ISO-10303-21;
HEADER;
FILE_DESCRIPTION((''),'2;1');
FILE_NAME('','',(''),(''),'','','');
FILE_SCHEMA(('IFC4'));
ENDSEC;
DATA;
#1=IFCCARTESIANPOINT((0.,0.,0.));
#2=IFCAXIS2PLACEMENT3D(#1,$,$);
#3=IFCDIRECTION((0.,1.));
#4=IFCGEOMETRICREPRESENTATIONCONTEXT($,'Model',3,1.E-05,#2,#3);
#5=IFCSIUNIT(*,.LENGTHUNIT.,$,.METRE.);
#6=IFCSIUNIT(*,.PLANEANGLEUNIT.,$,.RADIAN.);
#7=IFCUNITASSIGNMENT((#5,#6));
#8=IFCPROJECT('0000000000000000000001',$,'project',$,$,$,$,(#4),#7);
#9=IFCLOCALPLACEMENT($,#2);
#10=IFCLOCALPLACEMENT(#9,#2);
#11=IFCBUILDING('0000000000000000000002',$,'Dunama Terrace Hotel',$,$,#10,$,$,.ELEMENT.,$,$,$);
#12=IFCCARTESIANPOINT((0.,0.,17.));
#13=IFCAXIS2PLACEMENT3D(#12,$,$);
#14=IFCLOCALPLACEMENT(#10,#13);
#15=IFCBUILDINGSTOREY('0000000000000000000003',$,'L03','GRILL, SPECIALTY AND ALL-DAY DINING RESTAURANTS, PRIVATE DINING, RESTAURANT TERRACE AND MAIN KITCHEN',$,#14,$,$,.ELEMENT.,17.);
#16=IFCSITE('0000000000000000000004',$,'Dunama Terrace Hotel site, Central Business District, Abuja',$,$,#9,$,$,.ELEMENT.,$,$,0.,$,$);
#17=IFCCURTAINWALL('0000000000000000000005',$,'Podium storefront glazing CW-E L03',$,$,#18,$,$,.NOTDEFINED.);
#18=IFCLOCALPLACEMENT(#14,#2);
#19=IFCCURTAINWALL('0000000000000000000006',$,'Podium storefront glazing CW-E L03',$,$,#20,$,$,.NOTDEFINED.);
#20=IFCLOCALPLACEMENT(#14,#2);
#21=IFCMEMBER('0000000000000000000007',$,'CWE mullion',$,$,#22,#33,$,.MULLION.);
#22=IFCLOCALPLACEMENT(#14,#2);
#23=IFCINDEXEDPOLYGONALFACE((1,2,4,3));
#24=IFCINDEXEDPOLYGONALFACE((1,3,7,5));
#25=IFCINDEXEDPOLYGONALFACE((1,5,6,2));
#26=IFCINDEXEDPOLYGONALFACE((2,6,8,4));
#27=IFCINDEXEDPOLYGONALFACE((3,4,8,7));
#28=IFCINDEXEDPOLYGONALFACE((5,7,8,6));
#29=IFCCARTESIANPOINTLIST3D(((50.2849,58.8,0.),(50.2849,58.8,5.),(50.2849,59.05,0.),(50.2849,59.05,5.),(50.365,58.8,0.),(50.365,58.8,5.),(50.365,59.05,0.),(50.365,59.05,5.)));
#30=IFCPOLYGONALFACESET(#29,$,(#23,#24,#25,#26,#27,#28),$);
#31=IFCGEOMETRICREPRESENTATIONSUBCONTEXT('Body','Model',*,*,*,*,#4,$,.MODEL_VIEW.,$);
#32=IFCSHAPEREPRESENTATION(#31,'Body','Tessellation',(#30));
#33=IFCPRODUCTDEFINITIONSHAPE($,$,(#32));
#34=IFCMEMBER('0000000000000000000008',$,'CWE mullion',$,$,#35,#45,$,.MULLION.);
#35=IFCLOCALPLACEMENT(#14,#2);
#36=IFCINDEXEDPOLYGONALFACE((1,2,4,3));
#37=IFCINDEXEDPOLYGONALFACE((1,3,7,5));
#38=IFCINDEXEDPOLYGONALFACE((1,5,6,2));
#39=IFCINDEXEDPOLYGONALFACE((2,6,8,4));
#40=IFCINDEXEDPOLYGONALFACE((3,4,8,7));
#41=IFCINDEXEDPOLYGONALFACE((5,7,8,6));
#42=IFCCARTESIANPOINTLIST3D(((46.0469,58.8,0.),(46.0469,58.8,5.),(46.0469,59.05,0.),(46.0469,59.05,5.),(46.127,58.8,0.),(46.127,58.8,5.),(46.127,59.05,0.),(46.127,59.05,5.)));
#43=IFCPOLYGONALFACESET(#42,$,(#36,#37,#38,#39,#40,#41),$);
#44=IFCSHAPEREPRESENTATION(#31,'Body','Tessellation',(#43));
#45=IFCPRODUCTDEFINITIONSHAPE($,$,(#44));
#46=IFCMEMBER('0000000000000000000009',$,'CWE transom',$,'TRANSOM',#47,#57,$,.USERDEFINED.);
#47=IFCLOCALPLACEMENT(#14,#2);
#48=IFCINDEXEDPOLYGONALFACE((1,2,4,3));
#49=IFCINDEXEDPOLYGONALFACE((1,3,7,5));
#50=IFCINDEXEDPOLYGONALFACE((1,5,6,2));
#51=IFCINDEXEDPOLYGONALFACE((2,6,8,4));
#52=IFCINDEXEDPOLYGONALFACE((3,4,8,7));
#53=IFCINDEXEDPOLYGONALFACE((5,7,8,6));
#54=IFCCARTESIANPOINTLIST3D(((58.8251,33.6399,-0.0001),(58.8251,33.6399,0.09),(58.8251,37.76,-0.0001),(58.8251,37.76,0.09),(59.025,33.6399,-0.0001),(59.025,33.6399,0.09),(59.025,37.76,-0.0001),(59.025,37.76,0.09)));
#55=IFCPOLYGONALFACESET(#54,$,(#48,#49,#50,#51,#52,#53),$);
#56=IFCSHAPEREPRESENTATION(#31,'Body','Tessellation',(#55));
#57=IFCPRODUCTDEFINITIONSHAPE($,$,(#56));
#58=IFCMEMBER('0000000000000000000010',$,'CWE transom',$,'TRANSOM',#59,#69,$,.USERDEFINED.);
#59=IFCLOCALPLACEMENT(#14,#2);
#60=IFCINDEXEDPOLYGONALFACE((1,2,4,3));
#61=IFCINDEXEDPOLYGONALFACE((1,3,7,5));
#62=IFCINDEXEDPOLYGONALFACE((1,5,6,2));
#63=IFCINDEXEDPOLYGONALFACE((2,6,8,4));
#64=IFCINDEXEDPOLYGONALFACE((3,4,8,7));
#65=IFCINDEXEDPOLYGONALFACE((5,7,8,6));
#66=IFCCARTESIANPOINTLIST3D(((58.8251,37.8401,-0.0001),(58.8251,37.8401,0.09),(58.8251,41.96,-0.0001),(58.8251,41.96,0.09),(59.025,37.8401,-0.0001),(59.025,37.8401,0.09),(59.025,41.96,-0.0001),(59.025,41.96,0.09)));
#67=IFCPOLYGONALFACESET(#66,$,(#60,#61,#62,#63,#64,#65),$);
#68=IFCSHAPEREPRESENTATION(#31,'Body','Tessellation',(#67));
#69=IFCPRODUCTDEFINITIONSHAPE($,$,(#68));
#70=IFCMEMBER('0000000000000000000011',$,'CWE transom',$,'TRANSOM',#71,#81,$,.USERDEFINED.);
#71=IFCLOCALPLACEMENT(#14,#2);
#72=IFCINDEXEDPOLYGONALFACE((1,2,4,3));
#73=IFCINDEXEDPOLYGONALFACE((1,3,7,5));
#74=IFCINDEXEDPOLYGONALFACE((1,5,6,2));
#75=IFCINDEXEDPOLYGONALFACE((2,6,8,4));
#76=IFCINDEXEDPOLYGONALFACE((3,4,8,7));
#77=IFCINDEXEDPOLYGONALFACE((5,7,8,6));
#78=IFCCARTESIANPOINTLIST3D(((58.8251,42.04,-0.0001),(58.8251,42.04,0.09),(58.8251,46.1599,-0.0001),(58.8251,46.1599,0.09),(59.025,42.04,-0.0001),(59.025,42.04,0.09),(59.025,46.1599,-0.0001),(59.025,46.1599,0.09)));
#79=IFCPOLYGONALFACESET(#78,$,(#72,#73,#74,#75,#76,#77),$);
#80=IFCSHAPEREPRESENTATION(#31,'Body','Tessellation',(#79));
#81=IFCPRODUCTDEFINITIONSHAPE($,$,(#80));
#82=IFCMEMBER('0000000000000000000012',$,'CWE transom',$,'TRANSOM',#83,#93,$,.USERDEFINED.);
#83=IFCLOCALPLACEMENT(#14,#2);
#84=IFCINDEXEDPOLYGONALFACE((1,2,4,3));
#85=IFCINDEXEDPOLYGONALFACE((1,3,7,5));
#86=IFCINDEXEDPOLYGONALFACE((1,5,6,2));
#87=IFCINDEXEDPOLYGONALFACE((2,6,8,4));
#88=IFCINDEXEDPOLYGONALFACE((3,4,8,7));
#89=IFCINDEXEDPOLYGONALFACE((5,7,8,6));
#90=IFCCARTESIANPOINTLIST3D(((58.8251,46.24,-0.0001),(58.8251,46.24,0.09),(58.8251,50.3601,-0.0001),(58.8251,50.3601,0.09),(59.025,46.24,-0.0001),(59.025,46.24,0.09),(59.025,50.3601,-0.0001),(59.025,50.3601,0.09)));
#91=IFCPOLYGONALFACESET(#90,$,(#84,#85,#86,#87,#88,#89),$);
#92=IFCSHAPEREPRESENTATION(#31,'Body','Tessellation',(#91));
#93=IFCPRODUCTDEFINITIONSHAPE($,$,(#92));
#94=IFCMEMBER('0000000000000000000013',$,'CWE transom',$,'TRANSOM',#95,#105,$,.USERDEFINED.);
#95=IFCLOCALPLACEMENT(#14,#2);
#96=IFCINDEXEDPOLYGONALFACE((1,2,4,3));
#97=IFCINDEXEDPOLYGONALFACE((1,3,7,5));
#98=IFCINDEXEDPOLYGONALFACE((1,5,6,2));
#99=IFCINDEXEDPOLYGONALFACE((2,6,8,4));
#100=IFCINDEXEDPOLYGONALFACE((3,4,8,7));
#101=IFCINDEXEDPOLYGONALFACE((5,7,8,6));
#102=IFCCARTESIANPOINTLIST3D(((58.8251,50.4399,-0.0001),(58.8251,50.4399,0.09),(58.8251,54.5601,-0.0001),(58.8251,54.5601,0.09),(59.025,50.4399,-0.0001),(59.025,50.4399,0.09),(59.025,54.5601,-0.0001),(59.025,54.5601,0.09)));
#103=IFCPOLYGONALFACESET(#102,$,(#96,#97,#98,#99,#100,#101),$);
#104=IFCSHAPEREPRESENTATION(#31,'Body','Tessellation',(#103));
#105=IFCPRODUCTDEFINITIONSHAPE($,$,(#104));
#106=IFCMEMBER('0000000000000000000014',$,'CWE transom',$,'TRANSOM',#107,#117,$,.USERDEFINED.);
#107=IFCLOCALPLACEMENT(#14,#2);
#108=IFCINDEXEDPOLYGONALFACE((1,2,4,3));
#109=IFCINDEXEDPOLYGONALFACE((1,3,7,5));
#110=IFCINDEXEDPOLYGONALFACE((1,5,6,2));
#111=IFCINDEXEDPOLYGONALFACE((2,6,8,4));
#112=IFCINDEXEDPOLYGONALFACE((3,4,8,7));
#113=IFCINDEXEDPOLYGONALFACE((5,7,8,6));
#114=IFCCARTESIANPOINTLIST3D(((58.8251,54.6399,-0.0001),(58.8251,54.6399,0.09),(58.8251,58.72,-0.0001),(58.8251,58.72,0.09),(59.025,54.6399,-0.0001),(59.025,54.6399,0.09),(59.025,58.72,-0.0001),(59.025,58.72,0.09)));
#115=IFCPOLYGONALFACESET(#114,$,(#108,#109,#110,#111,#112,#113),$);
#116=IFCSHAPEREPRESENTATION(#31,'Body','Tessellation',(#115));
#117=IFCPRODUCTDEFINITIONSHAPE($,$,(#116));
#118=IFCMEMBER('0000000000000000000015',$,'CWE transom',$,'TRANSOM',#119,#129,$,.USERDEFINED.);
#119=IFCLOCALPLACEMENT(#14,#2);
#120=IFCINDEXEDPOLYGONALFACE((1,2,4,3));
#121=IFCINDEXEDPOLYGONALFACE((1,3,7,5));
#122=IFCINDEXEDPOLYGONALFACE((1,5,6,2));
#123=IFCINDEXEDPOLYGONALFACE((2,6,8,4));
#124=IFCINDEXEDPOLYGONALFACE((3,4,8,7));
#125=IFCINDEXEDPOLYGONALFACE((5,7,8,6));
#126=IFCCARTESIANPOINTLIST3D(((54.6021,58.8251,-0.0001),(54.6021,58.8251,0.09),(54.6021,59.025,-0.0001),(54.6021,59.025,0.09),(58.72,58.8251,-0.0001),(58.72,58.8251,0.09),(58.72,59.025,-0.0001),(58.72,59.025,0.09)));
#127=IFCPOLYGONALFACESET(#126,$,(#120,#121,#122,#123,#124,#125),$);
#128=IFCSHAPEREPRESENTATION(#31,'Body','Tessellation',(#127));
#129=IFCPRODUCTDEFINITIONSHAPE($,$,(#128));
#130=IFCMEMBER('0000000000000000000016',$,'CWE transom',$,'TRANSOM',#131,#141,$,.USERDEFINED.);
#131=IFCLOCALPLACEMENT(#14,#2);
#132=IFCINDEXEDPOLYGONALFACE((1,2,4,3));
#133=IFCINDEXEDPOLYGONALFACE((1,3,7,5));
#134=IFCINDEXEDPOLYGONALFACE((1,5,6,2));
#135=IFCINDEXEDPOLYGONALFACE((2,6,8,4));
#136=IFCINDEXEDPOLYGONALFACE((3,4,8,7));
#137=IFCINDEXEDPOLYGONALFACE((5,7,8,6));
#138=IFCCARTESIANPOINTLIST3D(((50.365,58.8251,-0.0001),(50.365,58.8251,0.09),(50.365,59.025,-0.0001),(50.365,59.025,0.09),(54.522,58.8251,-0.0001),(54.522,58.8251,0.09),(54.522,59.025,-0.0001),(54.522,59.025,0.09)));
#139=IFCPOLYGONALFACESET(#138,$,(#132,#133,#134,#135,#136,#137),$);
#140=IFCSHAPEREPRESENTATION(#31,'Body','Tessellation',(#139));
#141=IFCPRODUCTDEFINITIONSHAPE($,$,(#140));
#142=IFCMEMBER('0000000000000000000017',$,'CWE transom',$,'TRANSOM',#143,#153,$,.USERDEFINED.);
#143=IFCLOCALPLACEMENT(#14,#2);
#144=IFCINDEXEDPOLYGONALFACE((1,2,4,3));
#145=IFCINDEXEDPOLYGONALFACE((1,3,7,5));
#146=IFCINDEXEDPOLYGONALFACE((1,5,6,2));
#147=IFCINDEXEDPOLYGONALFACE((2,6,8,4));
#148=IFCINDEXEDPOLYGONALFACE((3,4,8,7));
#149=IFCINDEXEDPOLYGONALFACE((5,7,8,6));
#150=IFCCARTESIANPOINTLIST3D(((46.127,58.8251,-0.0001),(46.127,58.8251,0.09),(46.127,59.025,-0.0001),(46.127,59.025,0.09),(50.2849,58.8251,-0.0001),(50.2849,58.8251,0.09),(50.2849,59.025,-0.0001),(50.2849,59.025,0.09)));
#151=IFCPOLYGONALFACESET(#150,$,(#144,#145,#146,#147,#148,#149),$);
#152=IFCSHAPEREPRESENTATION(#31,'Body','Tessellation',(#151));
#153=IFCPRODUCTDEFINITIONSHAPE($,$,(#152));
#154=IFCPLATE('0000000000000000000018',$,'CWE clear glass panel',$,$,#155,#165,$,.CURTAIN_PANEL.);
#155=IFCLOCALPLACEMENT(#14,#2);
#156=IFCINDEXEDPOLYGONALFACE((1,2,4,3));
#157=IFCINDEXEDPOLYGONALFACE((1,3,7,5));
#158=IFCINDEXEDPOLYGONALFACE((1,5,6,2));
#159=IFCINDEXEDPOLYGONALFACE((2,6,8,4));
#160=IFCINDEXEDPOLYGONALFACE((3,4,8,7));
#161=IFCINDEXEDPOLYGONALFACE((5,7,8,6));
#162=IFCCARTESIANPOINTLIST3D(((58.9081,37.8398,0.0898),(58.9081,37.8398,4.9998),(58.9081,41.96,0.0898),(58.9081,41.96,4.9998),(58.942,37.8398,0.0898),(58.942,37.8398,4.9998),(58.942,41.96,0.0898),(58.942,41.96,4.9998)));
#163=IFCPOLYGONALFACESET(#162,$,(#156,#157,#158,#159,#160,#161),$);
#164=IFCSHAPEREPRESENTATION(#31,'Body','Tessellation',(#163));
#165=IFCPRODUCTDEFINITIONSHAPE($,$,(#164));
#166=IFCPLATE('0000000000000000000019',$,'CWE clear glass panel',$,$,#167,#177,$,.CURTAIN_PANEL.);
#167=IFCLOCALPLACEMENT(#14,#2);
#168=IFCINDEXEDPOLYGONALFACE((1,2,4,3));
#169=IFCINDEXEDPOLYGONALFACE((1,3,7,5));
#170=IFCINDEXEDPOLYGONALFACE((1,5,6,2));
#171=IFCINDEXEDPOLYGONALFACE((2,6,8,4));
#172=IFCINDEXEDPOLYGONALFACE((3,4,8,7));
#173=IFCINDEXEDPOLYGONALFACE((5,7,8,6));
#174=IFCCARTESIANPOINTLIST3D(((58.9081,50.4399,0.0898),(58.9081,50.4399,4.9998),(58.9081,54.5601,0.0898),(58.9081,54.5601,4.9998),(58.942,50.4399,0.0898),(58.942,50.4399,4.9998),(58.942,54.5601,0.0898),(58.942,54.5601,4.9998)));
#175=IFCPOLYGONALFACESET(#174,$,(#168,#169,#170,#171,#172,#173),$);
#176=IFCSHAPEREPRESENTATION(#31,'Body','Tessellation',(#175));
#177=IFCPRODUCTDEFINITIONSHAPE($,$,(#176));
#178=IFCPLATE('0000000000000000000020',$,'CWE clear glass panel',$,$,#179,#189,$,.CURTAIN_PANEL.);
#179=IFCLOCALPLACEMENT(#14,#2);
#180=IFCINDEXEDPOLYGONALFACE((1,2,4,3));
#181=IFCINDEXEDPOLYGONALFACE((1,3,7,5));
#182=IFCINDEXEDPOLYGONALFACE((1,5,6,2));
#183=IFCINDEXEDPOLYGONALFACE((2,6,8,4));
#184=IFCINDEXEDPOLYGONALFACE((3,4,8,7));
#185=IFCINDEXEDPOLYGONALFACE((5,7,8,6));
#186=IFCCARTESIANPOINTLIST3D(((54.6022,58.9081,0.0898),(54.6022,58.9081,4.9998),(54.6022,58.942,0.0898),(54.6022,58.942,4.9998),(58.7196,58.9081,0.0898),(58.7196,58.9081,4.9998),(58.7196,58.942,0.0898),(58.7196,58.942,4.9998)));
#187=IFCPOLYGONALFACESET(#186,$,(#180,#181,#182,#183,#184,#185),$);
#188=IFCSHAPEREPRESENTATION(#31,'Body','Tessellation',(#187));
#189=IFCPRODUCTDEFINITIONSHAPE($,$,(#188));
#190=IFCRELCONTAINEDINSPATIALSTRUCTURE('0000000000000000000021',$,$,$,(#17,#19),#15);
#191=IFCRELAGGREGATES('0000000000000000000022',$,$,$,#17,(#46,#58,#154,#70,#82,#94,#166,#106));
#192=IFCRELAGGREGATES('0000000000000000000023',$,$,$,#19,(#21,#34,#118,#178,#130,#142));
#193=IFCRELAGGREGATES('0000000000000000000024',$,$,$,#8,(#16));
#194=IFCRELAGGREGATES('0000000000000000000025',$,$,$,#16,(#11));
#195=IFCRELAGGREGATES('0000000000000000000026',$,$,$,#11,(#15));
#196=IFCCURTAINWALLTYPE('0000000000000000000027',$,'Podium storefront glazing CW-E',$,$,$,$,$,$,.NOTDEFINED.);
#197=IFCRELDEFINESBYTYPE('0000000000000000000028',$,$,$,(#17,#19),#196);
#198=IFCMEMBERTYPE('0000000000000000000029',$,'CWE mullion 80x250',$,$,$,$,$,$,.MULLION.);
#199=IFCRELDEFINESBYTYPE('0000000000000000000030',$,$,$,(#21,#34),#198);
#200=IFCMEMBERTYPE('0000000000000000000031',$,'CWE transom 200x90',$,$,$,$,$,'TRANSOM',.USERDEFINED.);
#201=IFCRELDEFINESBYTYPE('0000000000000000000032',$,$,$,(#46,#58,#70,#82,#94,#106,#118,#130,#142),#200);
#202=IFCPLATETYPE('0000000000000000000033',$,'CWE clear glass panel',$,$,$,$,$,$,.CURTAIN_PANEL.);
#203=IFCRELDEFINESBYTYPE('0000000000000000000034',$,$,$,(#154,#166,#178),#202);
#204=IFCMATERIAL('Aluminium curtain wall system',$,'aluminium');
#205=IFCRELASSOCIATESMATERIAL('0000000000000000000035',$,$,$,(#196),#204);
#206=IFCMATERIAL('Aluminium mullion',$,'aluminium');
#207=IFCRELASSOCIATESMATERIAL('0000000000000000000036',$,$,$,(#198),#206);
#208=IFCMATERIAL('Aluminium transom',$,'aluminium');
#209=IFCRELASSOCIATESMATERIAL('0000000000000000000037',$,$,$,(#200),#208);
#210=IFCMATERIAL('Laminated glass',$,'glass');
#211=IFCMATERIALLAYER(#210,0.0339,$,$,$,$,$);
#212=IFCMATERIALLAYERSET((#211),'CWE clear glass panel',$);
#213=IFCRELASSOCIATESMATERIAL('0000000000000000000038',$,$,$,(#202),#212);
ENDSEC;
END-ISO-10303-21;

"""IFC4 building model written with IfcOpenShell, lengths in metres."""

from ifc_helpers import new_model, si_unit, direction, frame, origin, origin_2d, place, context, subcontext, project, spatial, rectangle, extrude, material, layer, layer_set, material_profile, profile_set, type_object, element, aggregate, save


model = new_model("IFC4")

# Units and contexts
model_context = context("Model", 3, precision=1e-05, world=origin(), true_north=direction((0.0, 1.0)))
body_context = subcontext(model_context, "Body", "Model", "MODEL_VIEW")
ifc_project = project(units=[si_unit("LENGTHUNIT", "METRE"), si_unit("PLANEANGLEUNIT", "RADIAN")], contexts=[model_context])

# Site, building, storey
site_placement = place(None, origin())
site = spatial("IfcSite", under=ifc_project, at=site_placement, Name="Dunama Terrace Hotel site, Central Business District, Abuja", CompositionType="ELEMENT", RefElevation=0.0)
building_placement = place(site_placement, origin())
building = spatial("IfcBuilding", under=site, at=building_placement, Name="Dunama Terrace Hotel", CompositionType="ELEMENT")
storey_placement = place(building_placement, frame((0.0, 0.0, 17.0)))
storey = spatial("IfcBuildingStorey", under=building, at=storey_placement, Name="L03", Description="GRILL, SPECIALTY AND ALL-DAY DINING RESTAURANTS, PRIVATE DINING, RESTAURANT TERRACE AND MAIN KITCHEN", CompositionType="ELEMENT", Elevation=17.0)

# Curtain walls, members
ifc_material_1 = material(Name="Aluminium curtain wall system", Category="aluminium")
curtain_wall_type = type_object("IfcCurtainWallType", Name="Podium storefront glazing CW-E", PredefinedType="NOTDEFINED", material=ifc_material_1)
curtain_wall_1_placement = place(storey_placement, origin())
curtain_wall_1 = element("IfcCurtainWall", 1, at=curtain_wall_1_placement, inside=storey, type_object=curtain_wall_type, Name="Podium storefront glazing CW-E L03", PredefinedType="NOTDEFINED")
ifc_material_2 = material(Name="Aluminium mullion", Category="aluminium")
ifc_material_profile_1 = material_profile(ifc_material_2, rectangle(XDim=0.0801, YDim=0.25, at=origin_2d()), Name="CWE MULLION 80X250")
ifc_profile_set_1 = profile_set([ifc_material_profile_1], Name="Aluminium mullion")
member_type_1 = type_object("IfcMemberType", Name="CWE mullion 80x250", PredefinedType="MULLION", material=ifc_profile_set_1)
curtain_wall_2_placement = place(storey_placement, origin())
curtain_wall_2 = element("IfcCurtainWall", 2, at=curtain_wall_2_placement, inside=storey, type_object=curtain_wall_type, Name="Podium storefront glazing CW-E L03", PredefinedType="NOTDEFINED")
member_1_placement = place(storey_placement, frame((50.325, 58.925, 0.0), z_axis=(0.0, 0.0, 1.0), x_axis=(-1.0, 0.0, 0.0)))
member_1 = element("IfcMember", 3, at=member_1_placement, type_object=member_type_1, Name="CWE mullion", PredefinedType="MULLION", context=body_context, shape_type="SweptSolid", body=[
    extrude(rectangle(XDim=0.0801, YDim=0.25, at=origin_2d()), origin(), (0.0, 0.0, 1.0), 5.0),
])
member_2_placement = place(storey_placement, frame((46.0869, 58.925, 0.0), z_axis=(0.0, 0.0, 1.0), x_axis=(-1.0, 0.0, 0.0)))
member_2 = element("IfcMember", 4, at=member_2_placement, type_object=member_type_1, Name="CWE mullion", PredefinedType="MULLION", context=body_context, shape_type="SweptSolid", body=[
    extrude(rectangle(XDim=0.0801, YDim=0.25, at=origin_2d()), origin(), (0.0, 0.0, 1.0), 5.0),
])

# Members
ifc_material_3 = material(Name="Aluminium transom", Category="aluminium")
ifc_material_profile_2 = material_profile(ifc_material_3, rectangle(XDim=0.2, YDim=0.0901, at=origin_2d()), Name="CWE TRANSOM 200X90")
ifc_profile_set_2 = profile_set([ifc_material_profile_2], Name="Aluminium transom")
member_type_2 = type_object("IfcMemberType", Name="CWE transom 200x90", ElementType="TRANSOM", PredefinedType="USERDEFINED", material=ifc_profile_set_2)
member_3_placement = place(storey_placement, frame((58.925, 33.6399, 0.0449), z_axis=(0.0, 1.0, 0.0), x_axis=(-1.0, 0.0, 0.0)))
member_3 = element("IfcMember", 5, at=member_3_placement, type_object=member_type_2, Name="CWE transom", ObjectType="TRANSOM", PredefinedType="USERDEFINED", context=body_context, shape_type="SweptSolid", body=[
    extrude(rectangle(XDim=0.2, YDim=0.0901, at=origin_2d()), origin(), (0.0, 0.0, 1.0), 4.1201),
])
member_4_placement = place(storey_placement, frame((58.925, 37.8401, 0.0449), z_axis=(0.0, 1.0, 0.0), x_axis=(-1.0, 0.0, 0.0)))
member_4 = element("IfcMember", 6, at=member_4_placement, type_object=member_type_2, Name="CWE transom", ObjectType="TRANSOM", PredefinedType="USERDEFINED", context=body_context, shape_type="SweptSolid", body=[
    extrude(rectangle(XDim=0.2, YDim=0.0901, at=origin_2d()), origin(), (0.0, 0.0, 1.0), 4.1199),
])
member_5_placement = place(storey_placement, frame((58.925, 42.04, 0.0449), z_axis=(0.0, 1.0, 0.0), x_axis=(-1.0, 0.0, 0.0)))
member_5 = element("IfcMember", 7, at=member_5_placement, type_object=member_type_2, Name="CWE transom", ObjectType="TRANSOM", PredefinedType="USERDEFINED", context=body_context, shape_type="SweptSolid", body=[
    extrude(rectangle(XDim=0.2, YDim=0.0901, at=origin_2d()), origin(), (0.0, 0.0, 1.0), 4.1199),
])
member_6_placement = place(storey_placement, frame((58.925, 46.24, 0.0449), z_axis=(0.0, 1.0, 0.0), x_axis=(-1.0, 0.0, 0.0)))
member_6 = element("IfcMember", 8, at=member_6_placement, type_object=member_type_2, Name="CWE transom", ObjectType="TRANSOM", PredefinedType="USERDEFINED", context=body_context, shape_type="SweptSolid", body=[
    extrude(rectangle(XDim=0.2, YDim=0.0901, at=origin_2d()), origin(), (0.0, 0.0, 1.0), 4.1201),
])
member_7_placement = place(storey_placement, frame((58.925, 50.4399, 0.0449), z_axis=(0.0, 1.0, 0.0), x_axis=(-1.0, 0.0, 0.0)))
member_7 = element("IfcMember", 9, at=member_7_placement, type_object=member_type_2, Name="CWE transom", ObjectType="TRANSOM", PredefinedType="USERDEFINED", context=body_context, shape_type="SweptSolid", body=[
    extrude(rectangle(XDim=0.2, YDim=0.0901, at=origin_2d()), origin(), (0.0, 0.0, 1.0), 4.1201),
])
member_8_placement = place(storey_placement, frame((58.925, 54.6399, 0.0449), z_axis=(0.0, 1.0, 0.0), x_axis=(-1.0, 0.0, 0.0)))
member_8 = element("IfcMember", 10, at=member_8_placement, type_object=member_type_2, Name="CWE transom", ObjectType="TRANSOM", PredefinedType="USERDEFINED", context=body_context, shape_type="SweptSolid", body=[
    extrude(rectangle(XDim=0.2, YDim=0.0901, at=origin_2d()), origin(), (0.0, 0.0, 1.0), 4.0801),
])
member_9_placement = place(storey_placement, frame((58.72, 58.925, 0.0449), z_axis=(-1.0, 0.0, 0.0), x_axis=(0.0, -1.0, 0.0)))
member_9 = element("IfcMember", 11, at=member_9_placement, type_object=member_type_2, Name="CWE transom", ObjectType="TRANSOM", PredefinedType="USERDEFINED", context=body_context, shape_type="SweptSolid", body=[
    extrude(rectangle(XDim=0.2, YDim=0.0901, at=origin_2d()), origin(), (0.0, 0.0, 1.0), 4.1179),
])
member_10_placement = place(storey_placement, frame((54.522, 58.925, 0.0449), z_axis=(-1.0, 0.0, 0.0), x_axis=(0.0, -1.0, 0.0)))
member_10 = element("IfcMember", 12, at=member_10_placement, type_object=member_type_2, Name="CWE transom", ObjectType="TRANSOM", PredefinedType="USERDEFINED", context=body_context, shape_type="SweptSolid", body=[
    extrude(rectangle(XDim=0.2, YDim=0.0901, at=origin_2d()), origin(), (0.0, 0.0, 1.0), 4.157),
])
member_11_placement = place(storey_placement, frame((50.2849, 58.925, 0.0449), z_axis=(-1.0, 0.0, 0.0), x_axis=(0.0, -1.0, 0.0)))
member_11 = element("IfcMember", 13, at=member_11_placement, type_object=member_type_2, Name="CWE transom", ObjectType="TRANSOM", PredefinedType="USERDEFINED", context=body_context, shape_type="SweptSolid", body=[
    extrude(rectangle(XDim=0.2, YDim=0.0901, at=origin_2d()), origin(), (0.0, 0.0, 1.0), 4.158),
])

# Plates
ifc_material_4 = material(Name="Laminated glass", Category="glass")
ifc_layer_1 = layer(ifc_material_4, 0.0339)
ifc_layer_set_1 = layer_set([ifc_layer_1], Name="CWE clear glass panel")
plate_type_1 = type_object("IfcPlateType", Name="CWE clear glass panel", PredefinedType="CURTAIN_PANEL", material=ifc_layer_set_1)
plate_1_placement = place(storey_placement, frame((58.925, 39.8999, 0.0898), z_axis=(0.0, 0.0, 1.0), x_axis=(0.0, 1.0, 0.0)))
plate_1 = element("IfcPlate", 14, at=plate_1_placement, type_object=plate_type_1, Name="CWE clear glass panel", PredefinedType="CURTAIN_PANEL", context=body_context, shape_type="SweptSolid", body=[
    extrude(rectangle(XDim=4.1201, YDim=0.0339, at=origin_2d()), origin(), (0.0, 0.0, 1.0), 4.9099),
])
plate_2_placement = place(storey_placement, frame((58.925, 52.5, 0.0898), z_axis=(0.0, 0.0, 1.0), x_axis=(0.0, 1.0, 0.0)))
plate_2 = element("IfcPlate", 15, at=plate_2_placement, type_object=plate_type_1, Name="CWE clear glass panel", PredefinedType="CURTAIN_PANEL", context=body_context, shape_type="SweptSolid", body=[
    extrude(rectangle(XDim=4.1201, YDim=0.0339, at=origin_2d()), origin(), (0.0, 0.0, 1.0), 4.9099),
])
plate_3_placement = place(storey_placement, frame((56.6609, 58.925, 0.0898), z_axis=(0.0, 0.0, 1.0), x_axis=(-1.0, 0.0, 0.0)))
plate_3 = element("IfcPlate", 16, at=plate_3_placement, type_object=plate_type_1, Name="CWE clear glass panel", PredefinedType="CURTAIN_PANEL", context=body_context, shape_type="SweptSolid", body=[
    extrude(rectangle(XDim=4.1174, YDim=0.0339, at=origin_2d()), origin(), (0.0, 0.0, 1.0), 4.9099),
])
aggregate(curtain_wall_1, [member_3, member_4, plate_1, member_5, member_6, member_7, plate_2, member_8])
aggregate(curtain_wall_2, [member_1, member_2, member_9, plate_3, member_10, member_11])

save(model, "model.ifc")
